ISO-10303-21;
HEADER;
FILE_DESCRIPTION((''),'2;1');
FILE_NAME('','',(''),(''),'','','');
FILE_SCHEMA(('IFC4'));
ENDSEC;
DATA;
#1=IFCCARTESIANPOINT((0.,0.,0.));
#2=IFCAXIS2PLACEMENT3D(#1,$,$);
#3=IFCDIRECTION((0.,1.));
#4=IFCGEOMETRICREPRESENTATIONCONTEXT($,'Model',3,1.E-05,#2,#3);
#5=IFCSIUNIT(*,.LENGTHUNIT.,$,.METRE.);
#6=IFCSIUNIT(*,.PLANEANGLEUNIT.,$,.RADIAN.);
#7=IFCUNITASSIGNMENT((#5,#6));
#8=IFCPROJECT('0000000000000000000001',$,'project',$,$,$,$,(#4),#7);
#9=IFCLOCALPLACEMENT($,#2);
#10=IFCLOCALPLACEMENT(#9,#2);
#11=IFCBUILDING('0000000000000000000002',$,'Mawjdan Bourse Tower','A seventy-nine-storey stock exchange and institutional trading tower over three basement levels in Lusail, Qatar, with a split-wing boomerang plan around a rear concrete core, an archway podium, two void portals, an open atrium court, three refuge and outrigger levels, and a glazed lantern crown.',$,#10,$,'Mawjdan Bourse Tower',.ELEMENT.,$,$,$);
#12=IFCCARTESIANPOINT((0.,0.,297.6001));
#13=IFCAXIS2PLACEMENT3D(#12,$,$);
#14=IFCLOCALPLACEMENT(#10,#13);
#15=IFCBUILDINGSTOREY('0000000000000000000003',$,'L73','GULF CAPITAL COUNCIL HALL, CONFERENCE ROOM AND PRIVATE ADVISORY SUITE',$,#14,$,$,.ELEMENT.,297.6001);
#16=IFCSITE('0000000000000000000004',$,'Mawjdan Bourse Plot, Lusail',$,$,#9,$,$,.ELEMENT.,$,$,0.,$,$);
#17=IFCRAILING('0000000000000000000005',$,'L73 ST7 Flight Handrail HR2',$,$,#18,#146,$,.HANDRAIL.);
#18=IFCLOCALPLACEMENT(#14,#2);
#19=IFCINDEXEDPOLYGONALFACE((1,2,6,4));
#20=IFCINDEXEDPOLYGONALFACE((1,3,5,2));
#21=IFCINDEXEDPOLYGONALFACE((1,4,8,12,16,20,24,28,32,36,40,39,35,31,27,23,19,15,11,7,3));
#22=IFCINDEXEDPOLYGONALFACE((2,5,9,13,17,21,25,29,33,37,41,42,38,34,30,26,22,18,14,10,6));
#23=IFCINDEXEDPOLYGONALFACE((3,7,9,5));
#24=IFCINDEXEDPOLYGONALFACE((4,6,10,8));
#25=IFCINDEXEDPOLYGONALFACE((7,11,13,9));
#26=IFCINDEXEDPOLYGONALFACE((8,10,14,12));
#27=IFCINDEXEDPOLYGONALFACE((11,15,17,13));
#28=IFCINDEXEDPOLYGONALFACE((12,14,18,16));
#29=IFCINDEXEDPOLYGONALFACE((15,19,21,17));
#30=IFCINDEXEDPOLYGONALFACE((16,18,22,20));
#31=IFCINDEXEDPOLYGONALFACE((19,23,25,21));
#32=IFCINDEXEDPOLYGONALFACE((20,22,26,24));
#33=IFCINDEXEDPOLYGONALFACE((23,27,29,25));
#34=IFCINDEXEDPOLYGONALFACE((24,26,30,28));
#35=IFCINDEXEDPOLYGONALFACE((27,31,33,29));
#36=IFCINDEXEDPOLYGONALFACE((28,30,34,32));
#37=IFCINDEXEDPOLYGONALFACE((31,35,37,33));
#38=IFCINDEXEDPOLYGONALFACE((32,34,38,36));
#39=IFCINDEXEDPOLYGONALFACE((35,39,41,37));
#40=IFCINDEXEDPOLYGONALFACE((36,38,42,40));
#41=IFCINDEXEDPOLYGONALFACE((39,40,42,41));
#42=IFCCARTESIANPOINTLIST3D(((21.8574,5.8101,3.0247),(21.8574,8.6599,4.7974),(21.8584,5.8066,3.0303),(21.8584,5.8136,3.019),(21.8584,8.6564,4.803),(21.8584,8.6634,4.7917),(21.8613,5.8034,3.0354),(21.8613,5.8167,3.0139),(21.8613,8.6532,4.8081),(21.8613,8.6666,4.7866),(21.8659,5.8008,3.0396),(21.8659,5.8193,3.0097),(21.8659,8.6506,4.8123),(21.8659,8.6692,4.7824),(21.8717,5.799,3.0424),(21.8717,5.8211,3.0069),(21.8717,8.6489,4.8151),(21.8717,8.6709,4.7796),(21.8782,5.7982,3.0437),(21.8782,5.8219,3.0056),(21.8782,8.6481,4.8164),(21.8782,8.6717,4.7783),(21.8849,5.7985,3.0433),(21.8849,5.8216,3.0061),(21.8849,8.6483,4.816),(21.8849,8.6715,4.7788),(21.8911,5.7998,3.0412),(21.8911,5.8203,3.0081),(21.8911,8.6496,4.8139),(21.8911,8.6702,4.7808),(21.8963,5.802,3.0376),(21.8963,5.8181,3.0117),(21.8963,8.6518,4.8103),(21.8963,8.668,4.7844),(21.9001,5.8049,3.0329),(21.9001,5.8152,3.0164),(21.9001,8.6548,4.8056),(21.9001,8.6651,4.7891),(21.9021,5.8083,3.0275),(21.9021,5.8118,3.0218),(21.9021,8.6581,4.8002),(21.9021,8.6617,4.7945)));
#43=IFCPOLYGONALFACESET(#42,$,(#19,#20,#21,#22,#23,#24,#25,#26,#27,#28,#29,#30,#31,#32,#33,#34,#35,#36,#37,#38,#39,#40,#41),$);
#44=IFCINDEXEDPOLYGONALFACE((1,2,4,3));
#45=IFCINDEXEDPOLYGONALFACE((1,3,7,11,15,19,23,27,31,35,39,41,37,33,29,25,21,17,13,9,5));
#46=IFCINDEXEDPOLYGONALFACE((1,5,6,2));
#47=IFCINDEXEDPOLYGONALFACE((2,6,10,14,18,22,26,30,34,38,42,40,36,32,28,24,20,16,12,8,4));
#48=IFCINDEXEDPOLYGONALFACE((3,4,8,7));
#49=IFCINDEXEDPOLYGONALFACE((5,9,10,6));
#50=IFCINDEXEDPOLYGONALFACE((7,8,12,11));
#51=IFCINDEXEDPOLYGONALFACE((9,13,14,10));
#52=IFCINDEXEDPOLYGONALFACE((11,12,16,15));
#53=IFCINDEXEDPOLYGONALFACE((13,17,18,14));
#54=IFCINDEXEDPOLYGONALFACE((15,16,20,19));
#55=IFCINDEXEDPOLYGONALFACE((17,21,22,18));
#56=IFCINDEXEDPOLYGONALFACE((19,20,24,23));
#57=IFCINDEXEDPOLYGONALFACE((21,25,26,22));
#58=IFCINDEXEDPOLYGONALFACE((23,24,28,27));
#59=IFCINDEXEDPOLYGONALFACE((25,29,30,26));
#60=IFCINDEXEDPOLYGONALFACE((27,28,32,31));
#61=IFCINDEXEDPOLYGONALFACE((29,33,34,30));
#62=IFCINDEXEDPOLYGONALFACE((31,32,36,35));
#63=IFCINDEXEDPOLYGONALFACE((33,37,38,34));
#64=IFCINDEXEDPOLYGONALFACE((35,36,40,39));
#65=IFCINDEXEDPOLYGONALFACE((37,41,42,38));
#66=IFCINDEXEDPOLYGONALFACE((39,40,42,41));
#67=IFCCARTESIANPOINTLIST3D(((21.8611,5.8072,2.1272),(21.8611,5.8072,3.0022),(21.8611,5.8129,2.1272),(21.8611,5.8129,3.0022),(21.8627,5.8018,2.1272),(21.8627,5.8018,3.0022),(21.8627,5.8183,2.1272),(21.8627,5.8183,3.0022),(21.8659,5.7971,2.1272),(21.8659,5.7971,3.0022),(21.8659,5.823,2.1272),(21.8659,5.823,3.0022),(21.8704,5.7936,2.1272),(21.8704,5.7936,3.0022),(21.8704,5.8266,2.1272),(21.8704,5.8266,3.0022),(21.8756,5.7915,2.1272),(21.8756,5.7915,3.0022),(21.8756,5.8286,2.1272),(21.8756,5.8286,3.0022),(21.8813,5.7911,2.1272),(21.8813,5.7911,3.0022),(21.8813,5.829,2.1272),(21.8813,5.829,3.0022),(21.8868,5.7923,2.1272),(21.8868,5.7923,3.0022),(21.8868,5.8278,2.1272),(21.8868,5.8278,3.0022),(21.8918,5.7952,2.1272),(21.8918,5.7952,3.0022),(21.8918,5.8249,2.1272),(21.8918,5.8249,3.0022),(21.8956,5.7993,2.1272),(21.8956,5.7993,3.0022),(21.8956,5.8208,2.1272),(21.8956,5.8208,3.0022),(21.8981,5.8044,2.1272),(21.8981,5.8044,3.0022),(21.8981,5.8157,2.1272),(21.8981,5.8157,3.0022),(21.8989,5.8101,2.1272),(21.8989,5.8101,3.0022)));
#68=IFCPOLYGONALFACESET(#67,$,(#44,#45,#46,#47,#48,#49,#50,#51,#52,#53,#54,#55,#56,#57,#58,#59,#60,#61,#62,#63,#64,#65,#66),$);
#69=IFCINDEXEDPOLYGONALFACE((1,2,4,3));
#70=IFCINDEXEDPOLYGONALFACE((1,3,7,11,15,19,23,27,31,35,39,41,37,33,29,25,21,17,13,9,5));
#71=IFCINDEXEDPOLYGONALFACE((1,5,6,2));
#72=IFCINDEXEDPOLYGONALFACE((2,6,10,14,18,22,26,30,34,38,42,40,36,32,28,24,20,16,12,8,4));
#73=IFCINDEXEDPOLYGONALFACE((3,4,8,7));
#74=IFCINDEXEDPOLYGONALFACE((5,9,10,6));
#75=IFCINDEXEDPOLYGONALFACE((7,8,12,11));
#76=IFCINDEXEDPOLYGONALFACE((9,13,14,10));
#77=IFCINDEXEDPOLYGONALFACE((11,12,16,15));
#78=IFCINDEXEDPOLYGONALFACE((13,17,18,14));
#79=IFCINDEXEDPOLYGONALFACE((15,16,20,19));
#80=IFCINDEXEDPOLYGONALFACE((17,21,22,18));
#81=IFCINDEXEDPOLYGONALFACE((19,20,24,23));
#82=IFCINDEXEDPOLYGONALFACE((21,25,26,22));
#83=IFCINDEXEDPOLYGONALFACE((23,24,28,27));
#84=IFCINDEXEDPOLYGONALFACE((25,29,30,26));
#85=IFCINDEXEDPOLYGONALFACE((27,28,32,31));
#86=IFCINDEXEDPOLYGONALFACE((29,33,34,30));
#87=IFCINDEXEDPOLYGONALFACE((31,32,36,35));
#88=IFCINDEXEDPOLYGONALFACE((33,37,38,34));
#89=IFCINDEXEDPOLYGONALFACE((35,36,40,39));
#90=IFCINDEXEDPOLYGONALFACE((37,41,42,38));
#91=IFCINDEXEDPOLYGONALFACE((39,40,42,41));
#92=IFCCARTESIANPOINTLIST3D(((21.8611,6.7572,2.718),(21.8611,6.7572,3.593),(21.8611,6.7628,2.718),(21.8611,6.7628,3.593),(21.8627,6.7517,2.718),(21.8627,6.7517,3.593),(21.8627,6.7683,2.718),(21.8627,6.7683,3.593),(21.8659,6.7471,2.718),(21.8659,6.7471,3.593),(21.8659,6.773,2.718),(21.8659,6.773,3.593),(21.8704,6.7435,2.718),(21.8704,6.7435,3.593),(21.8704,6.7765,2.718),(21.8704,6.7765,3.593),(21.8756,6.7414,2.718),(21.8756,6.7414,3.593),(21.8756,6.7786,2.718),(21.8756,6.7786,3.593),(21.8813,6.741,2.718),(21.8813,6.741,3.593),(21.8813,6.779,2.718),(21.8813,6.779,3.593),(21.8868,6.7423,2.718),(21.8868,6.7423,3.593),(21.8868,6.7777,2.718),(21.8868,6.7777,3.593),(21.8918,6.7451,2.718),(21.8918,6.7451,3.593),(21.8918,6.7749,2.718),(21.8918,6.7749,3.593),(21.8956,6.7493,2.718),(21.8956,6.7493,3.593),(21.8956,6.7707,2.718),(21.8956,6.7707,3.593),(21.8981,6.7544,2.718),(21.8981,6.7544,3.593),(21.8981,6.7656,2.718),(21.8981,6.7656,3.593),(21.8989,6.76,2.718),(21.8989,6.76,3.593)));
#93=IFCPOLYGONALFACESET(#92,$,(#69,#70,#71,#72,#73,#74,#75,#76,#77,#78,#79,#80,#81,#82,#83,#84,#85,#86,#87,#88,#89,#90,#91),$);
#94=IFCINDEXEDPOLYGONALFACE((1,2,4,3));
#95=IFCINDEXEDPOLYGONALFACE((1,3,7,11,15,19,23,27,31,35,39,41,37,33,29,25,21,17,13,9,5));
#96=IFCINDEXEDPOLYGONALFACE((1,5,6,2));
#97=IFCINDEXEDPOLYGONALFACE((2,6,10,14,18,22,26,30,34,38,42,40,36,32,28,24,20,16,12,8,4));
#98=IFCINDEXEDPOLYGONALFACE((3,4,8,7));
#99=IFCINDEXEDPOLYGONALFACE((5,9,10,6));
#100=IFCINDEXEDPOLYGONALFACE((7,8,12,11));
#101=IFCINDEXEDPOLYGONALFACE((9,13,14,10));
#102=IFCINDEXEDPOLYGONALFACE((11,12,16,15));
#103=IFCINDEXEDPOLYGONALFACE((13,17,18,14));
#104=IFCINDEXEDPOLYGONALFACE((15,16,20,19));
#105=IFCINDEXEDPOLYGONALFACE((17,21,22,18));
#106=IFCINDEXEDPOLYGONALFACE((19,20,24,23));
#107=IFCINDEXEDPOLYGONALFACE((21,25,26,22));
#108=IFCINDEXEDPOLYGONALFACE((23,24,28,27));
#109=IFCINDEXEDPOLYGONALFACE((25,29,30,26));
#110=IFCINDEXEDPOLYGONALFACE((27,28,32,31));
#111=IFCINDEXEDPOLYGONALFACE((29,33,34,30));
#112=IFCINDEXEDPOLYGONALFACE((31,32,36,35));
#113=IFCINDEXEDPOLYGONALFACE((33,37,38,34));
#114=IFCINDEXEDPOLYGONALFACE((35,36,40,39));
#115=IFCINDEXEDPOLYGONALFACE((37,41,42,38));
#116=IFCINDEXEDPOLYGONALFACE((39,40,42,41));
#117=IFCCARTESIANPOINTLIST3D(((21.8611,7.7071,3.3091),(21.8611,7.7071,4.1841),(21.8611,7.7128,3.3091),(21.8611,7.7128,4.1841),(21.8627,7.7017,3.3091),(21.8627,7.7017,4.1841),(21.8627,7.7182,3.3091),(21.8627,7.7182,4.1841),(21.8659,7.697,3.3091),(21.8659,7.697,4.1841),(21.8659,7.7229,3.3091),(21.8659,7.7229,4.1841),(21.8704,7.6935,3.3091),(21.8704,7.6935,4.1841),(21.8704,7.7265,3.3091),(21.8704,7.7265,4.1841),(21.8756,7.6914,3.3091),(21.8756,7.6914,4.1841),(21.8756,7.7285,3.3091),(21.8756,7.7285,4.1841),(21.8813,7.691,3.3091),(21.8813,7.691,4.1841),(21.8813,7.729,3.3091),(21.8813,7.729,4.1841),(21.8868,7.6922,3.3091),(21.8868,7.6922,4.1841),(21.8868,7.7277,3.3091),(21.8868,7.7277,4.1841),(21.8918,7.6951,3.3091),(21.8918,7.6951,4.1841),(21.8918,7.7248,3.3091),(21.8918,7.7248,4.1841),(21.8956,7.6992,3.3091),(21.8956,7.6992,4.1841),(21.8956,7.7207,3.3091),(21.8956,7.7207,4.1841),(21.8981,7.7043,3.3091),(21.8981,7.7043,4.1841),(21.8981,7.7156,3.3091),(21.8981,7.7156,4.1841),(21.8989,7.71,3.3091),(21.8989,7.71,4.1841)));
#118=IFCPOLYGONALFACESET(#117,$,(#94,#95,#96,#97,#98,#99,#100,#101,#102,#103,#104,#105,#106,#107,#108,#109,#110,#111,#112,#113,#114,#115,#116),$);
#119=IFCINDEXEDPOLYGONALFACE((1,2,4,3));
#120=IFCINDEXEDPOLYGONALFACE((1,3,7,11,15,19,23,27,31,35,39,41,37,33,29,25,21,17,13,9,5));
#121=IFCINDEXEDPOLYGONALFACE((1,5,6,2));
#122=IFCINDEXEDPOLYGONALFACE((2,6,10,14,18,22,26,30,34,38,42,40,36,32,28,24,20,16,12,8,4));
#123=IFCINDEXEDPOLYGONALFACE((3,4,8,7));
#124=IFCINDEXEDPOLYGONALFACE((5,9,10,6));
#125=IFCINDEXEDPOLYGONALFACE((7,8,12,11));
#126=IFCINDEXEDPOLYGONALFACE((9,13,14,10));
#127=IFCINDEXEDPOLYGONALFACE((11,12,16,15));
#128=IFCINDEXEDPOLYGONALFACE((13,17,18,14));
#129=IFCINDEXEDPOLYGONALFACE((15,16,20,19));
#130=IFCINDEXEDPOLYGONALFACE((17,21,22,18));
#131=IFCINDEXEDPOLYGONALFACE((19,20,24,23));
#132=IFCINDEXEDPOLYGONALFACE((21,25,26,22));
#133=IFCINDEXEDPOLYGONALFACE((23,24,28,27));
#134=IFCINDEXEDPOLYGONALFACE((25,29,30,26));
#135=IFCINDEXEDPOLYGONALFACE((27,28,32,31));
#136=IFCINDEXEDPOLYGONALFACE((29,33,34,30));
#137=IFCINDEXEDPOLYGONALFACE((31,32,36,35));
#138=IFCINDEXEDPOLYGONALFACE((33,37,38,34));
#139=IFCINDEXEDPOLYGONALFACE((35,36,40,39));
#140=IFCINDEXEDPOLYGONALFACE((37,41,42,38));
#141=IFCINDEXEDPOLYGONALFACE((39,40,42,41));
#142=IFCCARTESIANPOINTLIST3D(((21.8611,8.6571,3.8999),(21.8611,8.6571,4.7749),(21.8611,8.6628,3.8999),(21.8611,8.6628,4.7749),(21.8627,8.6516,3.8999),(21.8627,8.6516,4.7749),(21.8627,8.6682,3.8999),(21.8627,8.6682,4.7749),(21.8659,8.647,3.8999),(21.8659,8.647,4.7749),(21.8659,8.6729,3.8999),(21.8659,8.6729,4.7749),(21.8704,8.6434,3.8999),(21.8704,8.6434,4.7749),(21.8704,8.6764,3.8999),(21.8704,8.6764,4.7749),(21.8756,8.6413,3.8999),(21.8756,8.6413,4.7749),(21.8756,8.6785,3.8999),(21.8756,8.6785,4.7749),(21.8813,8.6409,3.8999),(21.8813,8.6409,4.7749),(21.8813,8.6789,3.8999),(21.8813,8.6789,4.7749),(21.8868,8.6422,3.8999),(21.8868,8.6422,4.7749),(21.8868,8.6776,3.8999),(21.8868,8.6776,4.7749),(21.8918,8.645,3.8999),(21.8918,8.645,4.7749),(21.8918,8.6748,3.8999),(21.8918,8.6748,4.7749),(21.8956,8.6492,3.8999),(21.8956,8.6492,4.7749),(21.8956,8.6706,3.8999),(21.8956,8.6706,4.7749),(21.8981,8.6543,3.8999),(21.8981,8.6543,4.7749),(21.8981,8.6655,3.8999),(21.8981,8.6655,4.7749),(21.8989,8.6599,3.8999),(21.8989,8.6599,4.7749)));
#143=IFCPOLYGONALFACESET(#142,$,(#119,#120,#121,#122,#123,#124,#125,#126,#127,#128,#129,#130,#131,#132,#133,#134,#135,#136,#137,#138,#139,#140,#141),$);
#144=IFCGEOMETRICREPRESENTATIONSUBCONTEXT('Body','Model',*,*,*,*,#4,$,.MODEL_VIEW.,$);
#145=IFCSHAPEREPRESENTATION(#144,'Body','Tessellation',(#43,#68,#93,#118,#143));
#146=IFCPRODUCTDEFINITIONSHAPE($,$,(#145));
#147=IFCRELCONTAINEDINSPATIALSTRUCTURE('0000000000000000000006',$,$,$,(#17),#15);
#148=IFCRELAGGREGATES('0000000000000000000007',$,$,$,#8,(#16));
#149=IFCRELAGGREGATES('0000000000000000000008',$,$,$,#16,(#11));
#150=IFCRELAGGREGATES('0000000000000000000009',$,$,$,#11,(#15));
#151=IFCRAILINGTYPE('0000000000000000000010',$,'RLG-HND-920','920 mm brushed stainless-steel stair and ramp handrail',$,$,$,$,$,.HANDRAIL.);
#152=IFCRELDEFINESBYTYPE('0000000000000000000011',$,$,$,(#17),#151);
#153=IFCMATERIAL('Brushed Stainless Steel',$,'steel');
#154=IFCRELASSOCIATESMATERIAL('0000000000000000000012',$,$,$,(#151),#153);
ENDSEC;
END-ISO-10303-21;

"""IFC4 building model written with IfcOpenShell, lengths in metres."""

from ifc_helpers import new_model, si_unit, direction, frame, origin, origin_2d, place, context, subcontext, project, spatial, circle, extrude, material, type_object, element, save


model = new_model("IFC4")

# Units and contexts
model_context = context("Model", 3, precision=1e-05, world=origin(), true_north=direction((0.0, 1.0)))
body_context = subcontext(model_context, "Body", "Model", "MODEL_VIEW")
ifc_project = project(units=[si_unit("LENGTHUNIT", "METRE"), si_unit("PLANEANGLEUNIT", "RADIAN")], contexts=[model_context])

# Site, building, storey
site_placement = place(None, origin())
site = spatial("IfcSite", under=ifc_project, at=site_placement, Name="Mawjdan Bourse Plot, Lusail", CompositionType="ELEMENT", RefElevation=0.0)
building_placement = place(site_placement, origin())
building = spatial("IfcBuilding", under=site, at=building_placement, Name="Mawjdan Bourse Tower", Description="A seventy-nine-storey stock exchange and institutional trading tower over three basement levels in Lusail, Qatar, with a split-wing boomerang plan around a rear concrete core, an archway podium, two void portals, an open atrium court, three refuge and outrigger levels, and a glazed lantern crown.", LongName="Mawjdan Bourse Tower", CompositionType="ELEMENT")
storey_placement = place(building_placement, frame((0.0, 0.0, 297.6001)))
storey = spatial("IfcBuildingStorey", under=building, at=storey_placement, Name="L73", Description="GULF CAPITAL COUNCIL HALL, CONFERENCE ROOM AND PRIVATE ADVISORY SUITE", CompositionType="ELEMENT", Elevation=297.6001)

# Railing
ifc_material_1 = material(Name="Brushed Stainless Steel", Category="steel")
railing_type_1 = type_object("IfcRailingType", Name="RLG-HND-920", Description="920 mm brushed stainless-steel stair and ramp handrail", PredefinedType="HANDRAIL", material=ifc_material_1)
railing_1_placement = place(storey_placement, frame((21.8799, 5.8101, 2.1272)))
element("IfcRailing", 1, at=railing_1_placement, inside=storey, type_object=railing_type_1, Name="L73 ST7 Flight Handrail HR2", PredefinedType="HANDRAIL", context=body_context, shape_type="SweptSolid", body=[
    extrude(circle(Radius=0.0225, at=origin_2d()), frame((0.0, 0.0, 0.8975), z_axis=(0.0, 0.849128, 0.528187), x_axis=(-1.0, 0.0, 0.0)), (0.0, 0.0, 1.0), 3.3562),
    extrude(circle(Radius=0.019, at=origin_2d()), origin(), (0.0, 0.0, 1.0), 0.875),
    extrude(circle(Radius=0.019, at=origin_2d()), frame((0.0, 0.95, 0.5908)), (0.0, 0.0, 1.0), 0.875),
    extrude(circle(Radius=0.019, at=origin_2d()), frame((0.0, 1.8999, 1.1819)), (0.0, 0.0, 1.0), 0.875),
    extrude(circle(Radius=0.019, at=origin_2d()), frame((0.0, 2.8499, 1.7727)), (0.0, 0.0, 1.0), 0.875),
])

save(model, "model.ifc")
